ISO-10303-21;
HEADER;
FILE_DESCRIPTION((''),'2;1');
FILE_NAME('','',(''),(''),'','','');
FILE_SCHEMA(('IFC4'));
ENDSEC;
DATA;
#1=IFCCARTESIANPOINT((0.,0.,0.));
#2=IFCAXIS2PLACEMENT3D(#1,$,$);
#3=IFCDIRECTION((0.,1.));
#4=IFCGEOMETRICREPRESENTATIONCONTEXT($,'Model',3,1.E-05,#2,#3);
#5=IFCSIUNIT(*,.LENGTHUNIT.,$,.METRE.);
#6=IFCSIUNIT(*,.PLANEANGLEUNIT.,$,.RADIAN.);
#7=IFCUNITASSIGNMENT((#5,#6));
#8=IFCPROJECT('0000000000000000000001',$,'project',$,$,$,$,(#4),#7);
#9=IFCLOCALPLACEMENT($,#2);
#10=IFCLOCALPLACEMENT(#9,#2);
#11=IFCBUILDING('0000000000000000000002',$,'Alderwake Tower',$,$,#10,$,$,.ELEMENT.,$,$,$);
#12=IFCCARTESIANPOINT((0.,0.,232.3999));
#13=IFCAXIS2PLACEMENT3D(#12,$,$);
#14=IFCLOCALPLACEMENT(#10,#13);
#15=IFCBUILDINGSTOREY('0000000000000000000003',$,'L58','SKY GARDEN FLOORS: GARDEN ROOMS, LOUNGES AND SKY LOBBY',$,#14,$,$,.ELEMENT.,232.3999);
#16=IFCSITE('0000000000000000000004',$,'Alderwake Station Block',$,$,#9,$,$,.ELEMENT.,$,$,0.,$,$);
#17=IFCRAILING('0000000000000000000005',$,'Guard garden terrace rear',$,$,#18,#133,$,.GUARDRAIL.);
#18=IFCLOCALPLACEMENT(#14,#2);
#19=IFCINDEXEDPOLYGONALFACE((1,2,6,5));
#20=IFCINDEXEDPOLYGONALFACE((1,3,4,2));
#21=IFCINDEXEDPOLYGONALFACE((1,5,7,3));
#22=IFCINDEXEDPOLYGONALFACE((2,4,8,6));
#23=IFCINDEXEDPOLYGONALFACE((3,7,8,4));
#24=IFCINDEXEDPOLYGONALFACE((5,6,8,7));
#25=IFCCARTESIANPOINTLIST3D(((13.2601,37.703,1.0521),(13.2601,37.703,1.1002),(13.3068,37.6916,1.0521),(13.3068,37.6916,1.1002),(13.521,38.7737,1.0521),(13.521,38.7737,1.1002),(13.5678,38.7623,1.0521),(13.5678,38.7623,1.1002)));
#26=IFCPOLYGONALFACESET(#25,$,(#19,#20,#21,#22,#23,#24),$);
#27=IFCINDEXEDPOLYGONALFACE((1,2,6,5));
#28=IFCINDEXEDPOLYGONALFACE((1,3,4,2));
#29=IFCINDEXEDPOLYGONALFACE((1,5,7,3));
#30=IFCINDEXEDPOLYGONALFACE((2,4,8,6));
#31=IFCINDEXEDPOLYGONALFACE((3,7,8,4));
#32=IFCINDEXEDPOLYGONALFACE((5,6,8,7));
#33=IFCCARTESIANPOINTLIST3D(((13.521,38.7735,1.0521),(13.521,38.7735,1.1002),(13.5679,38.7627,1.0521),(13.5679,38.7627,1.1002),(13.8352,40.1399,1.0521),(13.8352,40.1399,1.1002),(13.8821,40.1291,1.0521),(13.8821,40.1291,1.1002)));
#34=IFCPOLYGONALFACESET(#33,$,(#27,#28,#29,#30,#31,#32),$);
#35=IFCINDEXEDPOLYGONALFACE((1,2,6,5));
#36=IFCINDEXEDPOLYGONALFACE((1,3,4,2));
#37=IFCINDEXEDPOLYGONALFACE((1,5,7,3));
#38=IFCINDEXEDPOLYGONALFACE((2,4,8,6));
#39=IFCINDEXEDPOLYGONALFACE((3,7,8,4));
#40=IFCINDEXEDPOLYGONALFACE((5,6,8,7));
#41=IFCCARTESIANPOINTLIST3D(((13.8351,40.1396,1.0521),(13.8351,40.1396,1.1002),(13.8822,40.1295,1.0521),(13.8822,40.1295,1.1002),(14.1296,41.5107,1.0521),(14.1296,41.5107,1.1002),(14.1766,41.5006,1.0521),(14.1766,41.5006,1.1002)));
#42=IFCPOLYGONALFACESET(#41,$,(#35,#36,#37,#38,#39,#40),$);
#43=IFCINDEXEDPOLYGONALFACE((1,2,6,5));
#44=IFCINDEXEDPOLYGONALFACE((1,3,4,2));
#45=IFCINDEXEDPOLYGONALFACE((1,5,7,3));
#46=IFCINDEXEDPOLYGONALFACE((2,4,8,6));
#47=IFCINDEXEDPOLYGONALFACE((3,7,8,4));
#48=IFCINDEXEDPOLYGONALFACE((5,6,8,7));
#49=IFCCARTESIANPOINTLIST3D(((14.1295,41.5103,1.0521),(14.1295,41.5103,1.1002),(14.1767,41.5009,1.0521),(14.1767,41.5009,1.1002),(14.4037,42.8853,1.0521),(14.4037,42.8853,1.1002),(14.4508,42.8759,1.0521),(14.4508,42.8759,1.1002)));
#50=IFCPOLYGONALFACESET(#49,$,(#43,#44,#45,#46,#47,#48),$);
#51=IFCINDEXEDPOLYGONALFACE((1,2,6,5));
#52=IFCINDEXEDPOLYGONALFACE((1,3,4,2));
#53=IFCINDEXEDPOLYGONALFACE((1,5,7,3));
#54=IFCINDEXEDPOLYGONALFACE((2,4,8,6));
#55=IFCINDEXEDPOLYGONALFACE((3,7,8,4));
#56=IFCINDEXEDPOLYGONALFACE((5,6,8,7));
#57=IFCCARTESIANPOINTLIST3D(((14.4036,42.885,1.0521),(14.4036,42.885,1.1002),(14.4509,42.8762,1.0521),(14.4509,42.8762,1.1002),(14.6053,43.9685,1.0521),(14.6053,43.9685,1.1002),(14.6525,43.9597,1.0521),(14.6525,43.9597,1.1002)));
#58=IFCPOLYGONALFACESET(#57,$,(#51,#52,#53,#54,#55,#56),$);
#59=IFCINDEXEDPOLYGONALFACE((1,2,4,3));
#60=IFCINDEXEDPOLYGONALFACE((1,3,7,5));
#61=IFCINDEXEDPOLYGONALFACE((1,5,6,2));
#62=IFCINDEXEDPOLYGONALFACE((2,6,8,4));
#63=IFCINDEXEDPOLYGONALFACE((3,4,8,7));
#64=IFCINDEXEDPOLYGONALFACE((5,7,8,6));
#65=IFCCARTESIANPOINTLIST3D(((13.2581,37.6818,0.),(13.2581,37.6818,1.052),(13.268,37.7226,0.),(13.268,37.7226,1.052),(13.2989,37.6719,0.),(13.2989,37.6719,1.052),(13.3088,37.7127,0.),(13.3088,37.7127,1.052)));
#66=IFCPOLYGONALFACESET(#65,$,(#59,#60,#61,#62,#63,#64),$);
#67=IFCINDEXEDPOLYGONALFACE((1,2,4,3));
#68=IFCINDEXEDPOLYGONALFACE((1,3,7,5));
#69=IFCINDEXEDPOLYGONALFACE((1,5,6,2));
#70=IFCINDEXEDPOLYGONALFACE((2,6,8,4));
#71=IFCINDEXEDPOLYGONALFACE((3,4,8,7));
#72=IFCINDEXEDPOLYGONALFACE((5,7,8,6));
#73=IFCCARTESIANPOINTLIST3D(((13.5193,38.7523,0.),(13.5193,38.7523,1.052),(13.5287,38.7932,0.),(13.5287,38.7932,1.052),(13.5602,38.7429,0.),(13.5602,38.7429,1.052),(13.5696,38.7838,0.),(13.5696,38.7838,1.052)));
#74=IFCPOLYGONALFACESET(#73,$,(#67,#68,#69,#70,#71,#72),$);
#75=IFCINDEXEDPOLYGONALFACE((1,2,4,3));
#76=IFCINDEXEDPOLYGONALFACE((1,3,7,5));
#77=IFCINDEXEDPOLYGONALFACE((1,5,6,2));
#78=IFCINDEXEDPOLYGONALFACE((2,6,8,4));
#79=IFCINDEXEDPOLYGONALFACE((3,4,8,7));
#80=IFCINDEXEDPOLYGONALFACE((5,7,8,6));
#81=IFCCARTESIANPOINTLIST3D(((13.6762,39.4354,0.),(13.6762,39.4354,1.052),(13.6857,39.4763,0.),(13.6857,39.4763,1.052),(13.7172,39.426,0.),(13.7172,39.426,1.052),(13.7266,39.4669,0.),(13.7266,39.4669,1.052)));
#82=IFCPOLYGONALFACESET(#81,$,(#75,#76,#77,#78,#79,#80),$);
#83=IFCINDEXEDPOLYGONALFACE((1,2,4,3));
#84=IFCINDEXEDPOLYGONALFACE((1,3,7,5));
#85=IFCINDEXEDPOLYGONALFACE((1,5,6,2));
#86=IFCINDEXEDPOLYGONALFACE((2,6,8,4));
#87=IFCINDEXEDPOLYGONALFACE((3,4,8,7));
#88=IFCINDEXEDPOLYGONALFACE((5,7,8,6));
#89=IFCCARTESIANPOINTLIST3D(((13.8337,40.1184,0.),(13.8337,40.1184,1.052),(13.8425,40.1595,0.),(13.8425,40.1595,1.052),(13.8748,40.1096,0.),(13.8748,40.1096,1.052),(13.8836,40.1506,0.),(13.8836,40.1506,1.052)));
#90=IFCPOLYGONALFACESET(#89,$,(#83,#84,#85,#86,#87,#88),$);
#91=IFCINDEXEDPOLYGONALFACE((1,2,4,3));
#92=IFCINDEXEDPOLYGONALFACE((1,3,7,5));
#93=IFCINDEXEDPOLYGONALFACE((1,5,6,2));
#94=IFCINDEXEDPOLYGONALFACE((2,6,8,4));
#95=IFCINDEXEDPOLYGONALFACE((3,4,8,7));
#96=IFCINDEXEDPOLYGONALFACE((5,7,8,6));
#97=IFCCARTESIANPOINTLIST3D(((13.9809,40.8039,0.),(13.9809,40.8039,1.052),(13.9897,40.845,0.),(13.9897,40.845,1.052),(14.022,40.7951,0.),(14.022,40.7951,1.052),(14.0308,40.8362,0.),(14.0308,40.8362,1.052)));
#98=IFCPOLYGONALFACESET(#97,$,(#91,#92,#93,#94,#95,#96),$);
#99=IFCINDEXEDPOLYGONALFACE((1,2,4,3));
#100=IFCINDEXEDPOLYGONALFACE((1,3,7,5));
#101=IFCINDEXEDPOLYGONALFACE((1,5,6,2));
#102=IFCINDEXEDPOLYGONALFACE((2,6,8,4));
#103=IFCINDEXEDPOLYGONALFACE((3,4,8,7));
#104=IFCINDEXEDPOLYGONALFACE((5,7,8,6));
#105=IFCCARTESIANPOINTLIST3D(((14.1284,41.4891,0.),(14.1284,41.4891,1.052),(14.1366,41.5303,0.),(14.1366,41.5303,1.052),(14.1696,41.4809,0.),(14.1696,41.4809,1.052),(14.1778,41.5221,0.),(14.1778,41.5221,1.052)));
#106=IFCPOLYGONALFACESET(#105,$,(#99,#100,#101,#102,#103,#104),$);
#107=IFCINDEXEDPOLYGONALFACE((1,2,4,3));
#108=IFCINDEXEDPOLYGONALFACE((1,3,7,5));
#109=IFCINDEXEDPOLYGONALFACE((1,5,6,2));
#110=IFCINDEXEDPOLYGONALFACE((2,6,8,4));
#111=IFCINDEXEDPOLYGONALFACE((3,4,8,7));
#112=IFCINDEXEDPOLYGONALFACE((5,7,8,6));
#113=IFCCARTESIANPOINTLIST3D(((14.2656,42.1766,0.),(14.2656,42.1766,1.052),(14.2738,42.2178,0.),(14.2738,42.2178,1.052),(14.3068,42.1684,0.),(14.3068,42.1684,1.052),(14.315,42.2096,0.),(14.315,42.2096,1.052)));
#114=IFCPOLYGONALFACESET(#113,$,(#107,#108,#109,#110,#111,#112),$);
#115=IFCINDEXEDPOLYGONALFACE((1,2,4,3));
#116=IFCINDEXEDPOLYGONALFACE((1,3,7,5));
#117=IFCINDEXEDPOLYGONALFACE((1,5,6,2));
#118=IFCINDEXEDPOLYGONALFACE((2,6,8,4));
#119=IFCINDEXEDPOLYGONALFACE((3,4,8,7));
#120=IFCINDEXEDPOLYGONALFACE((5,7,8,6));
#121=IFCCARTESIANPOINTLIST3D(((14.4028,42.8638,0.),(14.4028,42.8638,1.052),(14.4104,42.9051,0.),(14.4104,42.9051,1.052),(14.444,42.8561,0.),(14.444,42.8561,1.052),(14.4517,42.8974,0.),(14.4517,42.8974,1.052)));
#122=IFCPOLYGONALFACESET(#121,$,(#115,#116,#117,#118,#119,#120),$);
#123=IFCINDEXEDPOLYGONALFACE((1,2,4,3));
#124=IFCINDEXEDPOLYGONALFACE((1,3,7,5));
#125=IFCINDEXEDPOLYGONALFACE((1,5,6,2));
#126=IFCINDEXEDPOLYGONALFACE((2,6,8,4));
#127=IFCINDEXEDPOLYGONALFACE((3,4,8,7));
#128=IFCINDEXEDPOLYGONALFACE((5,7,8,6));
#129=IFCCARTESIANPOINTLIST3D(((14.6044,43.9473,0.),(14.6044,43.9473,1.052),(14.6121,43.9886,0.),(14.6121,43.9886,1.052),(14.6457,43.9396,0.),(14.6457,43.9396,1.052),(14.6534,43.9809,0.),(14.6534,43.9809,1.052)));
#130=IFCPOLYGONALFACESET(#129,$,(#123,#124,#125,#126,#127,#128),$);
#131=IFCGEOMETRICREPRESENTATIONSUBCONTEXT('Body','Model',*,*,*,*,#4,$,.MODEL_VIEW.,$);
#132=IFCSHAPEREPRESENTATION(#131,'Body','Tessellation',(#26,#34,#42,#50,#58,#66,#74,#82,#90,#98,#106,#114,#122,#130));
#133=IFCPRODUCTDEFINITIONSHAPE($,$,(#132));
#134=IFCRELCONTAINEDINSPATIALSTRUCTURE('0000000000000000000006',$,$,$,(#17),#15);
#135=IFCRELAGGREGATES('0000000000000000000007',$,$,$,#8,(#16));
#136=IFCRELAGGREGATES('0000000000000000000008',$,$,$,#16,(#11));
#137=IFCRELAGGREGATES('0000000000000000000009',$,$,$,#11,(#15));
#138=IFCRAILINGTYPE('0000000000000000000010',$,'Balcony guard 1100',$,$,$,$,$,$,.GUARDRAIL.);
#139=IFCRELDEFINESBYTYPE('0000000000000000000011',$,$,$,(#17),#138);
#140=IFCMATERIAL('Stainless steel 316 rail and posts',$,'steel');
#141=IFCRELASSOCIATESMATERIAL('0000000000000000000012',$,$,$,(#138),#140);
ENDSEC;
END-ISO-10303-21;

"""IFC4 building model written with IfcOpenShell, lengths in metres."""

from ifc_helpers import new_model, si_unit, direction, frame, origin, origin_2d, place, context, subcontext, project, spatial, rectangle, extrude, material, type_object, element, save


model = new_model("IFC4")

# Units and contexts
model_context = context("Model", 3, precision=1e-05, world=origin(), true_north=direction((0.0, 1.0)))
body_context = subcontext(model_context, "Body", "Model", "MODEL_VIEW")
ifc_project = project(units=[si_unit("LENGTHUNIT", "METRE"), si_unit("PLANEANGLEUNIT", "RADIAN")], contexts=[model_context])

# Site, building, storey
site_placement = place(None, origin())
site = spatial("IfcSite", under=ifc_project, at=site_placement, Name="Alderwake Station Block", CompositionType="ELEMENT", RefElevation=0.0)
building_placement = place(site_placement, origin())
building = spatial("IfcBuilding", under=site, at=building_placement, Name="Alderwake Tower", CompositionType="ELEMENT")
storey_placement = place(building_placement, frame((0.0, 0.0, 232.3999)))
storey = spatial("IfcBuildingStorey", under=building, at=storey_placement, Name="L58", Description="SKY GARDEN FLOORS: GARDEN ROOMS, LOUNGES AND SKY LOBBY", CompositionType="ELEMENT", Elevation=232.3999)

# Railing
ifc_material_1 = material(Name="Stainless steel 316 rail and posts", Category="steel")
railing_type = type_object("IfcRailingType", Name="Balcony guard 1100", PredefinedType="GUARDRAIL", material=ifc_material_1)
railing_1_placement = place(storey_placement, frame((13.2834, 37.6973, 0.0)))
element("IfcRailing", 1, at=railing_1_placement, inside=storey, type_object=railing_type, Name="Guard garden terrace rear", PredefinedType="GUARDRAIL", context=body_context, shape_type="SweptSolid", body=[
    extrude(rectangle(XDim=0.0481, YDim=0.0481, at=origin_2d()), frame((0.0, 0.0, 1.0762), z_axis=(0.236798, 0.971559, 0.0), x_axis=(-0.971559, 0.236798, 0.0)), (0.0, 0.0, 1.0), 1.1021),
    extrude(rectangle(XDim=0.0481, YDim=0.0481, at=origin_2d()), frame((0.261, 1.0708, 1.0762), z_axis=(0.224096, 0.974567, 0.0), x_axis=(-0.974567, 0.224096, 0.0)), (0.0, 0.0, 1.0), 1.4021),
    extrude(rectangle(XDim=0.0481, YDim=0.0481, at=origin_2d()), frame((0.5752, 2.4373, 1.0762), z_axis=(0.209957, 0.977711, 0.0), x_axis=(-0.977711, 0.209957, 0.0)), (0.0, 0.0, 1.0), 1.4023),
    extrude(rectangle(XDim=0.0481, YDim=0.0481, at=origin_2d()), frame((0.8696, 3.8083, 1.0762), z_axis=(0.195547, 0.980694, 0.0), x_axis=(-0.980694, 0.195547, 0.0)), (0.0, 0.0, 1.0), 1.4021),
    extrude(rectangle(XDim=0.0481, YDim=0.0481, at=origin_2d()), frame((1.1438, 5.1833, 1.0762), z_axis=(0.182978, 0.983117, 0.0), x_axis=(-0.983117, 0.182978, 0.0)), (0.0, 0.0, 1.0), 1.1021),
    extrude(rectangle(XDim=0.042, YDim=0.042, at=origin_2d()), frame((0.0, 0.0, 0.0), z_axis=(0.0, 0.0, 1.0), x_axis=(0.236798, 0.971559, 0.0)), (0.0, 0.0, 1.0), 1.052),
    extrude(rectangle(XDim=0.042, YDim=0.042, at=origin_2d()), frame((0.261, 1.0708, 0.0), z_axis=(0.0, 0.0, 1.0), x_axis=(0.224096, 0.974567, 0.0)), (0.0, 0.0, 1.0), 1.052),
    extrude(rectangle(XDim=0.042, YDim=0.042, at=origin_2d()), frame((0.418, 1.7539, 0.0), z_axis=(0.0, 0.0, 1.0), x_axis=(0.224096, 0.974567, 0.0)), (0.0, 0.0, 1.0), 1.052),
    extrude(rectangle(XDim=0.042, YDim=0.042, at=origin_2d()), frame((0.5752, 2.4373, 0.0), z_axis=(0.0, 0.0, 1.0), x_axis=(0.209957, 0.977711, 0.0)), (0.0, 0.0, 1.0), 1.052),
    extrude(rectangle(XDim=0.042, YDim=0.042, at=origin_2d()), frame((0.7224, 3.1228, 0.0), z_axis=(0.0, 0.0, 1.0), x_axis=(0.209957, 0.977711, 0.0)), (0.0, 0.0, 1.0), 1.052),
    extrude(rectangle(XDim=0.042, YDim=0.042, at=origin_2d()), frame((0.8696, 3.8083, 0.0), z_axis=(0.0, 0.0, 1.0), x_axis=(0.195547, 0.980694, 0.0)), (0.0, 0.0, 1.0), 1.052),
    extrude(rectangle(XDim=0.042, YDim=0.042, at=origin_2d()), frame((1.0068, 4.4958, 0.0), z_axis=(0.0, 0.0, 1.0), x_axis=(0.195547, 0.980694, 0.0)), (0.0, 0.0, 1.0), 1.052),
    extrude(rectangle(XDim=0.042, YDim=0.042, at=origin_2d()), frame((1.1438, 5.1833, 0.0), z_axis=(0.0, 0.0, 1.0), x_axis=(0.182978, 0.983117, 0.0)), (0.0, 0.0, 1.0), 1.052),
    extrude(rectangle(XDim=0.042, YDim=0.042, at=origin_2d()), frame((1.3455, 6.2668, 0.0), z_axis=(0.0, 0.0, 1.0), x_axis=(0.182978, 0.983117, 0.0)), (0.0, 0.0, 1.0), 1.052),
])

save(model, "model.ifc")
